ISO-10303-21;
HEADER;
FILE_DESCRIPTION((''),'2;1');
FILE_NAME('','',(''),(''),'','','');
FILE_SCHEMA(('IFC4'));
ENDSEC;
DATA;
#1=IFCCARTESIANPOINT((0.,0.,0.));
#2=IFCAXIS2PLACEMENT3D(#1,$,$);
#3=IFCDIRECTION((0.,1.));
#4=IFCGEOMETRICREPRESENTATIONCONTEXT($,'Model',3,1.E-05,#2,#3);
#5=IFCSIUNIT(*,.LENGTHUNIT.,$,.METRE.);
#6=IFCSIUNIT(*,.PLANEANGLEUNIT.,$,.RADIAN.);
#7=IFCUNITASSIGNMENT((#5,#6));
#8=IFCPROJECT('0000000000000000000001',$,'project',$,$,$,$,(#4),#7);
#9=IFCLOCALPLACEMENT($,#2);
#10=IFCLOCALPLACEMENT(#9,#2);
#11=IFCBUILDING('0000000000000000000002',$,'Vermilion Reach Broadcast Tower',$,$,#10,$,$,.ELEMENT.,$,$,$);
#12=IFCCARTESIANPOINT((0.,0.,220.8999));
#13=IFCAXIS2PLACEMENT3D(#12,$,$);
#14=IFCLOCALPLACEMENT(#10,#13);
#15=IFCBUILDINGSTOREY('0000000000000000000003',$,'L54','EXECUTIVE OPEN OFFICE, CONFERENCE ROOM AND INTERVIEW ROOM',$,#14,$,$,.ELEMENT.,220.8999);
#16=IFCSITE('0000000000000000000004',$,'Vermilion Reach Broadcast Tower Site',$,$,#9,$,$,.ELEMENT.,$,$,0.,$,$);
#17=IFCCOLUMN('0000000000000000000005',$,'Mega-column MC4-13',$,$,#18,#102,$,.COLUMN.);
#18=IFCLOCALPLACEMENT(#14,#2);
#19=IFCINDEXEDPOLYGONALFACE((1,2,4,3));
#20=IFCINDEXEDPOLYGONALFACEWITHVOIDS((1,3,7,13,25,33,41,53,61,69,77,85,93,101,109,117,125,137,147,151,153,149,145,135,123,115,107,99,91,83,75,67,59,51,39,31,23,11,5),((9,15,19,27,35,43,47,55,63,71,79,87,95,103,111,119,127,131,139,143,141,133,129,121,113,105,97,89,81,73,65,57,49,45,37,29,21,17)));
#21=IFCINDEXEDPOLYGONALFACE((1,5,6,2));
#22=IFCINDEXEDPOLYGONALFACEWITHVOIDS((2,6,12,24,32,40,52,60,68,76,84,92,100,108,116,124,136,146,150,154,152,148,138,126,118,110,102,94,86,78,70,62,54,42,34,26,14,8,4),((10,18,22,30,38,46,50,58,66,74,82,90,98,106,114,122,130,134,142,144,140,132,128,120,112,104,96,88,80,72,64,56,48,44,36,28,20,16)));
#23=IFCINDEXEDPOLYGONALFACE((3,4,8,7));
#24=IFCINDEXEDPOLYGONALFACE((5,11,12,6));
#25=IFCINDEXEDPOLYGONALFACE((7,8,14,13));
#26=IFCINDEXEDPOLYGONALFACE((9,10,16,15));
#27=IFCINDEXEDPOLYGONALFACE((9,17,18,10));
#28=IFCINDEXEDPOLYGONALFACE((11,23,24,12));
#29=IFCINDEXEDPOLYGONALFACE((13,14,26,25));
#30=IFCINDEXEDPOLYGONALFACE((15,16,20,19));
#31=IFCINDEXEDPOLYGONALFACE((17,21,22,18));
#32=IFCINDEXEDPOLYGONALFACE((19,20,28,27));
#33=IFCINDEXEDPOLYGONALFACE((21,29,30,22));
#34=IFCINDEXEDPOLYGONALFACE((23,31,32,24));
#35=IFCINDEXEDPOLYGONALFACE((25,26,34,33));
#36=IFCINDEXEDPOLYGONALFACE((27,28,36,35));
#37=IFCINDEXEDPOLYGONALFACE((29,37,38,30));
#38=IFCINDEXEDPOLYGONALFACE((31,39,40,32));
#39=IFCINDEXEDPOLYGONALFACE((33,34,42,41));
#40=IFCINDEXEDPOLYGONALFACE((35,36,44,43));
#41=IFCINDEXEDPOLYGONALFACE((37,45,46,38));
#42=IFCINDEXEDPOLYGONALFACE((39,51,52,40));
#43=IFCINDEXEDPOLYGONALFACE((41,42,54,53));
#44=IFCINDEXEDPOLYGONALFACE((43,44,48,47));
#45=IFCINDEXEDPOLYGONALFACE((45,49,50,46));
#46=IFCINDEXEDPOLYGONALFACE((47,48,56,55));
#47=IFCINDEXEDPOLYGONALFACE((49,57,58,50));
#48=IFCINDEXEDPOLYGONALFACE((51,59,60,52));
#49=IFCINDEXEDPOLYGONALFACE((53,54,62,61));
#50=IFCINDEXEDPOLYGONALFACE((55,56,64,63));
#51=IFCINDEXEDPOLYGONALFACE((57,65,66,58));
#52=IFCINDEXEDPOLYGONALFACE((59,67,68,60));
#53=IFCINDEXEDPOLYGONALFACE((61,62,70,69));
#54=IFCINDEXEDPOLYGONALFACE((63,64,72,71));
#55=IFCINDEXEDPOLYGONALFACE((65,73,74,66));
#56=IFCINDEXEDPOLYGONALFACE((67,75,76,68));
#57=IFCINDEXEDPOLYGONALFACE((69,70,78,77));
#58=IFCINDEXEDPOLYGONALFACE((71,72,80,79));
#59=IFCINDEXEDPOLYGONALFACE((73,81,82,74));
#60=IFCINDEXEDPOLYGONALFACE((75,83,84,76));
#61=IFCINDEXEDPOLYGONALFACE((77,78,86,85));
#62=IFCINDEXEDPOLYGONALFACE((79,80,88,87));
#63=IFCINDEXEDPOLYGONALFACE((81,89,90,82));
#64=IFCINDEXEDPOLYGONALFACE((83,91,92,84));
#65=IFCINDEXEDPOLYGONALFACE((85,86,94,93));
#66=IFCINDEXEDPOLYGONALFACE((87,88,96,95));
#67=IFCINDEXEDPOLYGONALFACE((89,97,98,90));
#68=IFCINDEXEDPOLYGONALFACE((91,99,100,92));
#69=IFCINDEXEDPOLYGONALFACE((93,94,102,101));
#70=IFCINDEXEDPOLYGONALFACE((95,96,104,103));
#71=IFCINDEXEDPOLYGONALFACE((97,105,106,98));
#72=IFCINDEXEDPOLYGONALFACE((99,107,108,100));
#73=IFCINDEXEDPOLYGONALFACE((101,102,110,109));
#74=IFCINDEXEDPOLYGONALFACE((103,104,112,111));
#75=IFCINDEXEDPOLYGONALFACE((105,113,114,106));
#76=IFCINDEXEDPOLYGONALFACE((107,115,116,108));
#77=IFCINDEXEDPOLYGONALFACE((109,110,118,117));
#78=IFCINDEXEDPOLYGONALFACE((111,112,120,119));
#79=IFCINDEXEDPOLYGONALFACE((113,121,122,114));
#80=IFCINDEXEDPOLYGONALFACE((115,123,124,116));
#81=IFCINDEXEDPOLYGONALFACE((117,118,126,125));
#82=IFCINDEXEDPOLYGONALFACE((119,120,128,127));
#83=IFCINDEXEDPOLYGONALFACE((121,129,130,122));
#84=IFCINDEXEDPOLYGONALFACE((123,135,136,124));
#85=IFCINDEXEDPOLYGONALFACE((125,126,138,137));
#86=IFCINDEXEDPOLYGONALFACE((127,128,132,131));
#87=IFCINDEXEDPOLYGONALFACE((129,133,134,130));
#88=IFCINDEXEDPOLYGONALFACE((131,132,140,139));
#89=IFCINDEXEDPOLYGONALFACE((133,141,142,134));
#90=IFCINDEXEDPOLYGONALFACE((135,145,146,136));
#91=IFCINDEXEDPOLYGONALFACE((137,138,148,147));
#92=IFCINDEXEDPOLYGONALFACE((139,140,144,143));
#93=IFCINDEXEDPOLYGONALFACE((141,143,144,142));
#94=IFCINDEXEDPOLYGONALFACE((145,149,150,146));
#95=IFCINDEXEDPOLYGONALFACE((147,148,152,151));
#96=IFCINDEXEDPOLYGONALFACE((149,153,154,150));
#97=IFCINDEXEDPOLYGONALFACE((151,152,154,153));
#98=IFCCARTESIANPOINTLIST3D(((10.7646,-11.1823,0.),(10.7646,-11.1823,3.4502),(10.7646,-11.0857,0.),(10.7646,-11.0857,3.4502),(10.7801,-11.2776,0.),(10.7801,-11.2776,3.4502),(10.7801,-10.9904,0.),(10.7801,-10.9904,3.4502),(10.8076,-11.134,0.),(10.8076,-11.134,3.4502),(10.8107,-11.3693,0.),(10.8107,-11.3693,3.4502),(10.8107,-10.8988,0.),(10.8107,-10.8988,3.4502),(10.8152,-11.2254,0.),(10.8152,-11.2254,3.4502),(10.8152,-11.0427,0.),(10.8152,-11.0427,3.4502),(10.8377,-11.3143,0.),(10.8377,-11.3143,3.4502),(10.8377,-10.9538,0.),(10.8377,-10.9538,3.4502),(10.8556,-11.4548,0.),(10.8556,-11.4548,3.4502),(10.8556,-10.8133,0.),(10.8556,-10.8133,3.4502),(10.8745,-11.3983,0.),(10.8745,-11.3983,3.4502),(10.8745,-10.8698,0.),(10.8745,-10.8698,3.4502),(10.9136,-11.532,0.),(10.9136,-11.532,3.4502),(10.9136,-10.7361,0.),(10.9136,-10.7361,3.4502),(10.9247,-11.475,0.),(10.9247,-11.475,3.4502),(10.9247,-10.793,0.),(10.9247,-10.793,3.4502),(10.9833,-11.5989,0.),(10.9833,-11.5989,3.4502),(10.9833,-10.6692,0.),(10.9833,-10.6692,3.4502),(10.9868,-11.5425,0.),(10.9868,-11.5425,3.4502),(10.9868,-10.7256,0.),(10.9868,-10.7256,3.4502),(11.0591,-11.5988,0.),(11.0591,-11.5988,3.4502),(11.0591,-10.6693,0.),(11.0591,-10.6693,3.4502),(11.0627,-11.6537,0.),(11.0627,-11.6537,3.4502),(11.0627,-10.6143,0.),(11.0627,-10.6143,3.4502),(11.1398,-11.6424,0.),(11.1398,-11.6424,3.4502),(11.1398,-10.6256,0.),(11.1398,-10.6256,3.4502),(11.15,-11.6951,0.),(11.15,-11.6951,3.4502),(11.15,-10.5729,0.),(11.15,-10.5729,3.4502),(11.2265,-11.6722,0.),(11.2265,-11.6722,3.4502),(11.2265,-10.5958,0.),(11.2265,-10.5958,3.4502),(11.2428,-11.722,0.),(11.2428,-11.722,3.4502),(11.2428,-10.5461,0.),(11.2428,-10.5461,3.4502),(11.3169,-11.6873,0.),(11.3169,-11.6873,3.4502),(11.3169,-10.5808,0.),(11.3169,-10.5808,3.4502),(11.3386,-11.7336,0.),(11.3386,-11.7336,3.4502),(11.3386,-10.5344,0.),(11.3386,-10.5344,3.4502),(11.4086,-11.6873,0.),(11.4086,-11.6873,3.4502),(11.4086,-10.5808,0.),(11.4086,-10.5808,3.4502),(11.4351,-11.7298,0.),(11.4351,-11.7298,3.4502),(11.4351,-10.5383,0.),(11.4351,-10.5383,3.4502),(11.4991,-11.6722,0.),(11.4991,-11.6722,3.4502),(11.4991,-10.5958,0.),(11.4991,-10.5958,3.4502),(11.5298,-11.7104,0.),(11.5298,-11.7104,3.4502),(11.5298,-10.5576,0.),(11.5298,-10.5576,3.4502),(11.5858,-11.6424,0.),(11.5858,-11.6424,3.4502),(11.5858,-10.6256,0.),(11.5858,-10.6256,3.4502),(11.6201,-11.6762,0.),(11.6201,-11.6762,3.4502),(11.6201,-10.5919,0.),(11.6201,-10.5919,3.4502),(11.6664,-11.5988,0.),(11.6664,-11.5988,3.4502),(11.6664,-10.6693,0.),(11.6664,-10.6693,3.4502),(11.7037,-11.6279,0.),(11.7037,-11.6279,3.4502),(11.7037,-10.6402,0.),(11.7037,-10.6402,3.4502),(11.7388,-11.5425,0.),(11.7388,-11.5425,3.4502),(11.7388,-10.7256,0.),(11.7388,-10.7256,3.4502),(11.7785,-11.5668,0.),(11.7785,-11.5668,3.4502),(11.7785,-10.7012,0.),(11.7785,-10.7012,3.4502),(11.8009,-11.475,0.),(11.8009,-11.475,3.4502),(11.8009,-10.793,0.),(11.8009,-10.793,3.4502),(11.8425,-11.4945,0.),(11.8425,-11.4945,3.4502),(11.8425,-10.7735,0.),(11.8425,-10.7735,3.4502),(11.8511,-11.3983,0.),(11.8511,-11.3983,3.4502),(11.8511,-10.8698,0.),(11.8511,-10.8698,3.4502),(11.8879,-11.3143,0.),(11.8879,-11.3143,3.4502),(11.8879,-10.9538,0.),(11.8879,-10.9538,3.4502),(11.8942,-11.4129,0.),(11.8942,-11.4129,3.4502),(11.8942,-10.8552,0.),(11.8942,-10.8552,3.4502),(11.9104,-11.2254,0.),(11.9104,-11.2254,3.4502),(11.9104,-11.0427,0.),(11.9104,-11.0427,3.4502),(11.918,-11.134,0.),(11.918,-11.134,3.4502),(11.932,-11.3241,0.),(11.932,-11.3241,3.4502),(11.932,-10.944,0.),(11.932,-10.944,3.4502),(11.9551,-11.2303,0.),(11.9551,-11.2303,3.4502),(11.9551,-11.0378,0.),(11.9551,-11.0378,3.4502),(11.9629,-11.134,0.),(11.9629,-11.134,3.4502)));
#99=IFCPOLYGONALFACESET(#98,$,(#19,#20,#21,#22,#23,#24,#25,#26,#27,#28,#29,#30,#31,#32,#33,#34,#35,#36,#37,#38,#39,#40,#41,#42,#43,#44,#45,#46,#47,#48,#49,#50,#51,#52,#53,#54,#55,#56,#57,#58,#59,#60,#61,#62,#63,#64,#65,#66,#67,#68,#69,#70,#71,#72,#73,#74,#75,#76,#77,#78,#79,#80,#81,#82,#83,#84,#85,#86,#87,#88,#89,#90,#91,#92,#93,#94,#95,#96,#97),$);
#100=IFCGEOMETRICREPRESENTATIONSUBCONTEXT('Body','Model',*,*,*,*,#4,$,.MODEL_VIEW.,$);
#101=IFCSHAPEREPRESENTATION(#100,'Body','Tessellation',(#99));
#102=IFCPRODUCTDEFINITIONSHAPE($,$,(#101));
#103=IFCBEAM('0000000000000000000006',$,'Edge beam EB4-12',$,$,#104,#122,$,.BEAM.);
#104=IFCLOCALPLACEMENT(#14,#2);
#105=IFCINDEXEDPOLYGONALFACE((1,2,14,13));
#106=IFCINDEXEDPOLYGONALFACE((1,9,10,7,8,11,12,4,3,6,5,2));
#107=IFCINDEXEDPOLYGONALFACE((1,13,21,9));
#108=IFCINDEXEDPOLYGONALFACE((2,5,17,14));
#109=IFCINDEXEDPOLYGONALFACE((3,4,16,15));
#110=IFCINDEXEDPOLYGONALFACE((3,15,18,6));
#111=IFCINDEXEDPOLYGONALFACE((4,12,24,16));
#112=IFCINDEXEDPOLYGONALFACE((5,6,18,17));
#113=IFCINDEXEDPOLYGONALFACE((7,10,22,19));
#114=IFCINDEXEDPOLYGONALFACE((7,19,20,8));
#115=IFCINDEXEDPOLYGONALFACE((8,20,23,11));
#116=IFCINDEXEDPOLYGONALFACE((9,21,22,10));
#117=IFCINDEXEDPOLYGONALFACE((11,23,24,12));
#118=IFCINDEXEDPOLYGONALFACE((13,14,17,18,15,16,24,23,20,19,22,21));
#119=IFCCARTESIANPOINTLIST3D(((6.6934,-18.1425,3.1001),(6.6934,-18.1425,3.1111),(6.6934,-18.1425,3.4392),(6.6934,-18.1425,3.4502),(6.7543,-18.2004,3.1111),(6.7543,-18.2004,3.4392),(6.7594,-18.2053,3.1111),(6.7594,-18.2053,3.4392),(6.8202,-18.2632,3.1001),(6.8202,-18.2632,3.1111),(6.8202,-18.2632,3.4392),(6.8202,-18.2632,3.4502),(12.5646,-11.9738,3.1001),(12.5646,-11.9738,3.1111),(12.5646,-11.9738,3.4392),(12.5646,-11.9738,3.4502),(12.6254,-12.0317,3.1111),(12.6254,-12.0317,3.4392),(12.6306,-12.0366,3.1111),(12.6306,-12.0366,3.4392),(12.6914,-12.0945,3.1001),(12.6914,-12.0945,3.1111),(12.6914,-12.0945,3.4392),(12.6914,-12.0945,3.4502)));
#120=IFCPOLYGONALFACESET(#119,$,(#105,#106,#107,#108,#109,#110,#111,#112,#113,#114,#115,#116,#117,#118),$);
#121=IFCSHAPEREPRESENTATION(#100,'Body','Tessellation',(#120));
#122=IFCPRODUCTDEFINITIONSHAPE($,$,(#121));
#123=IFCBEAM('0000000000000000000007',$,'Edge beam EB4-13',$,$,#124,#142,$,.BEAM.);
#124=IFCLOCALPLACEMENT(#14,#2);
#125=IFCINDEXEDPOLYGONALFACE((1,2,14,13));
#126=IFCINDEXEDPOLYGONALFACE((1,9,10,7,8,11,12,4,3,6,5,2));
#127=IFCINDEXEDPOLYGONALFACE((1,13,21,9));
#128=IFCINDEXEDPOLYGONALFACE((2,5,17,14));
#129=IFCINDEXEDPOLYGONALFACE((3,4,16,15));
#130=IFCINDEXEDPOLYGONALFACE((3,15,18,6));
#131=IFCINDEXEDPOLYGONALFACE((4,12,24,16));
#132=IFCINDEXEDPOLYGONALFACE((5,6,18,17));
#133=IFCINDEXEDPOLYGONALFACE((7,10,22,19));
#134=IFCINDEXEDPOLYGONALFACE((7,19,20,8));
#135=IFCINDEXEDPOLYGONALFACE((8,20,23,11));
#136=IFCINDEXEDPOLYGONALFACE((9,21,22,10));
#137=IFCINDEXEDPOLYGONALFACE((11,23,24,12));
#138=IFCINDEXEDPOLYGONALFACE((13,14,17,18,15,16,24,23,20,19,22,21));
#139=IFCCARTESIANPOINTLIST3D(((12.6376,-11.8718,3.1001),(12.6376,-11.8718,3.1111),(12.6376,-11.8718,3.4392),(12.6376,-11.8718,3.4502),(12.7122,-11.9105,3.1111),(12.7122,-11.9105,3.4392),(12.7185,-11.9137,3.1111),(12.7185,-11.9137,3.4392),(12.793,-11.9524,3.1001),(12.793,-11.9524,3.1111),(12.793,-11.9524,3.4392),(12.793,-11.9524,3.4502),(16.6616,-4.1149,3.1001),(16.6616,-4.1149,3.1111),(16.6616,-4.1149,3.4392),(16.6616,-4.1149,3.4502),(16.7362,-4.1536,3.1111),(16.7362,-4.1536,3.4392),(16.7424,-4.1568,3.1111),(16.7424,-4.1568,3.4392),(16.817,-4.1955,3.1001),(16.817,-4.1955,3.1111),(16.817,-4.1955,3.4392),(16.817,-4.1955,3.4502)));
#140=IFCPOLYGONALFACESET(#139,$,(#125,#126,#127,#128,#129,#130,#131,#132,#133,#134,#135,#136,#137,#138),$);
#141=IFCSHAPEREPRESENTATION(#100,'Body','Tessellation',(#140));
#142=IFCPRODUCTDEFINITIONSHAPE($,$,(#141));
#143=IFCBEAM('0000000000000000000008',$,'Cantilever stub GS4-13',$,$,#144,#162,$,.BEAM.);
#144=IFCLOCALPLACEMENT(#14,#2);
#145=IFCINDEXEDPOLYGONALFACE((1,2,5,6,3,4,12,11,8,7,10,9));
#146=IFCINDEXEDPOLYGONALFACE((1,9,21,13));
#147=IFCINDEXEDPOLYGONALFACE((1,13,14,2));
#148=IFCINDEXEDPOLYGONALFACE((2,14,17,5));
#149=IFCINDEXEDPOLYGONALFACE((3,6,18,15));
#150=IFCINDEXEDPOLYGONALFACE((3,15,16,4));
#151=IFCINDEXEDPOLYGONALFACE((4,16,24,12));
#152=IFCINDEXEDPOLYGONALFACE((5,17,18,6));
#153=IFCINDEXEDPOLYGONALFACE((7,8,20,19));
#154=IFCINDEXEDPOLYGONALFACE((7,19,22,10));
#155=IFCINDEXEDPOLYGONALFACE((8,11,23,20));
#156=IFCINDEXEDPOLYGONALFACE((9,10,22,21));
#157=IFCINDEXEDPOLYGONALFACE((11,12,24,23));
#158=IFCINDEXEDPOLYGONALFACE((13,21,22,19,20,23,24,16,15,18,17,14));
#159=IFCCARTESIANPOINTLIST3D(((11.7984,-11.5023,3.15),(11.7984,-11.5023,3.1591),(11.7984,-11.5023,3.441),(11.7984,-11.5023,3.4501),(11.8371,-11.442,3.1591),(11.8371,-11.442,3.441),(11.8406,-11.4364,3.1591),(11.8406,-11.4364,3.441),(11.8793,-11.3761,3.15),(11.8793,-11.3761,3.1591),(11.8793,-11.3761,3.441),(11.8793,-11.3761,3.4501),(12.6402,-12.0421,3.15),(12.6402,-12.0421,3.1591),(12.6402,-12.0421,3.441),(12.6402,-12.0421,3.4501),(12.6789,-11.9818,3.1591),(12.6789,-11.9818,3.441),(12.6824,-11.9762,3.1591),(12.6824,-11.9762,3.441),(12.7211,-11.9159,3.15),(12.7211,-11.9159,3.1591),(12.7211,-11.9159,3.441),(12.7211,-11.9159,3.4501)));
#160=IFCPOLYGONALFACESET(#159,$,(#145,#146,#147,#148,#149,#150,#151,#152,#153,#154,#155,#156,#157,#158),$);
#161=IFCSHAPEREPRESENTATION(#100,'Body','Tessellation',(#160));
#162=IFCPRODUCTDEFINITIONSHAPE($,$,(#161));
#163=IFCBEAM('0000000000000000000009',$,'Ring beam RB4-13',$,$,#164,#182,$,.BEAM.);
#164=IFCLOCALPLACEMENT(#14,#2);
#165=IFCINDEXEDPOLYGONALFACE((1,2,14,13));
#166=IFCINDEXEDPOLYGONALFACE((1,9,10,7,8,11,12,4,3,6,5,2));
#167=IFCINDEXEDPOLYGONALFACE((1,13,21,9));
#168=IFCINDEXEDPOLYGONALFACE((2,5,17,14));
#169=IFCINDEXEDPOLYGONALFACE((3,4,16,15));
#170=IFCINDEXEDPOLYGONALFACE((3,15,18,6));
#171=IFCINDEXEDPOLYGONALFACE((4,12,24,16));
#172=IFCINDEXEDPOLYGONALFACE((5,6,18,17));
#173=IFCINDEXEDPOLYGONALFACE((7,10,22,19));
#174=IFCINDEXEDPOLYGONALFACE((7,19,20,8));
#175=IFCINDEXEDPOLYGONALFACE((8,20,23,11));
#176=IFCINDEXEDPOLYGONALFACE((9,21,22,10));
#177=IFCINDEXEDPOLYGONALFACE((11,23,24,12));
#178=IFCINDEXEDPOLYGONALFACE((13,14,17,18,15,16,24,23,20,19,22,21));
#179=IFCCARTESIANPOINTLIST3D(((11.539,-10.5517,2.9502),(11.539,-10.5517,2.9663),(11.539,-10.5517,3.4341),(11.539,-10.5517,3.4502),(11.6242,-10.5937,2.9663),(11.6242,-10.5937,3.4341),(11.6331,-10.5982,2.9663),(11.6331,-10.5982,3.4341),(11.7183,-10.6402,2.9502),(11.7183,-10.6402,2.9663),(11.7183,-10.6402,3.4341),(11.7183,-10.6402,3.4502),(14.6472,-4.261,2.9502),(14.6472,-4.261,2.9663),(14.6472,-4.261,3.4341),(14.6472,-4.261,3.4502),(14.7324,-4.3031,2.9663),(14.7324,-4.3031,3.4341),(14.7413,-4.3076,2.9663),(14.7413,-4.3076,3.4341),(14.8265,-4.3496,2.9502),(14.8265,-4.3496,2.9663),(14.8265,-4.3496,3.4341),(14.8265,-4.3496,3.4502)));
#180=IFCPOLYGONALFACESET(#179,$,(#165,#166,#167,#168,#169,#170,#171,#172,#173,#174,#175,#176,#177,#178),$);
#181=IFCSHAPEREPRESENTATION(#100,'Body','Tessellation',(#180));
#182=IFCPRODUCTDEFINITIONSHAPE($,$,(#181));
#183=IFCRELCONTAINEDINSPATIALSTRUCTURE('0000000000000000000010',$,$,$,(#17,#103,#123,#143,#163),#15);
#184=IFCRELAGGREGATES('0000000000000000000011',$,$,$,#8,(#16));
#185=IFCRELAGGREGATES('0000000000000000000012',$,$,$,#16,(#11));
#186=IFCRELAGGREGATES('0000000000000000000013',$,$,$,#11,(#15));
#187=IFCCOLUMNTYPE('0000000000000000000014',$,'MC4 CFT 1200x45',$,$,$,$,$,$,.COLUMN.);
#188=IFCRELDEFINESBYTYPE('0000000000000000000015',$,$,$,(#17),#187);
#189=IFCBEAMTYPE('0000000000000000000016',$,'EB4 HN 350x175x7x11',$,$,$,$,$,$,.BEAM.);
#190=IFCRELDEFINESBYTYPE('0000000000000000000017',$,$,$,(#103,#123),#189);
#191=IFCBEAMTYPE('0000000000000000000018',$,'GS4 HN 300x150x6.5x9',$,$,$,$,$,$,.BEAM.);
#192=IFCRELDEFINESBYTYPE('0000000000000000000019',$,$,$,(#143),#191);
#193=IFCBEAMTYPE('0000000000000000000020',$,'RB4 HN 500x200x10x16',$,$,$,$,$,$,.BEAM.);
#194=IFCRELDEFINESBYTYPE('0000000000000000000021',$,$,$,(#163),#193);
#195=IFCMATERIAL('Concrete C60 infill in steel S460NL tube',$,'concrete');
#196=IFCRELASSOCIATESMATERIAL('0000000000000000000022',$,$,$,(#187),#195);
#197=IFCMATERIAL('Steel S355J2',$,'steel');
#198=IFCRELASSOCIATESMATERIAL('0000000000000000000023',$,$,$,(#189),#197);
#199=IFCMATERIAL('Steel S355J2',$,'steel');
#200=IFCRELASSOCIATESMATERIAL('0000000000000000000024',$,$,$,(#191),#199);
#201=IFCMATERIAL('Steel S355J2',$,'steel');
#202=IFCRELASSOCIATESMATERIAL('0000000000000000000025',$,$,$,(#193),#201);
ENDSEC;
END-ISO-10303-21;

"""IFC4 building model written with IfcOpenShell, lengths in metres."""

from ifc_helpers import new_model, si_unit, direction, frame, origin, origin_2d, place, context, subcontext, project, spatial, hollow_circle, i_section, extrude, material, material_profile, profile_set, type_object, element, save


model = new_model("IFC4")

# Units and contexts
model_context = context("Model", 3, precision=1e-05, world=origin(), true_north=direction((0.0, 1.0)))
body_context = subcontext(model_context, "Body", "Model", "MODEL_VIEW")
ifc_project = project(units=[si_unit("LENGTHUNIT", "METRE"), si_unit("PLANEANGLEUNIT", "RADIAN")], contexts=[model_context])

# Site, building, storey
site_placement = place(None, origin())
site = spatial("IfcSite", under=ifc_project, at=site_placement, Name="Vermilion Reach Broadcast Tower Site", CompositionType="ELEMENT", RefElevation=0.0)
building_placement = place(site_placement, origin())
building = spatial("IfcBuilding", under=site, at=building_placement, Name="Vermilion Reach Broadcast Tower", CompositionType="ELEMENT")
storey_placement = place(building_placement, frame((0.0, 0.0, 220.8999)))
storey = spatial("IfcBuildingStorey", under=building, at=storey_placement, Name="L54", Description="EXECUTIVE OPEN OFFICE, CONFERENCE ROOM AND INTERVIEW ROOM", CompositionType="ELEMENT", Elevation=220.8999)

# Column
ifc_material_1 = material(Name="Concrete C60 infill in steel S460NL tube", Category="concrete")
ifc_material_profile_1 = material_profile(ifc_material_1, hollow_circle(Radius=0.6001, WallThickness=0.0449, at=origin_2d()), Name="Concrete C60 infill in steel S460NL tube CFT 1200x45")
ifc_profile_set_1 = profile_set([ifc_material_profile_1], Name="Concrete C60 infill in steel S460NL tube")
column_type = type_object("IfcColumnType", Name="MC4 CFT 1200x45", PredefinedType="COLUMN", material=ifc_profile_set_1)
column_placement = place(storey_placement, frame((11.3628, -11.134, 0.0), z_axis=(0.0, 0.0, 1.0), x_axis=(1.0, 0.0, 0.0)))
element("IfcColumn", 1, at=column_placement, inside=storey, type_object=column_type, Name="Mega-column MC4-13", PredefinedType="COLUMN", context=body_context, shape_type="SweptSolid", body=[
    extrude(hollow_circle(Radius=0.6001, WallThickness=0.0449, at=origin_2d()), origin(), (0.0, 0.0, 1.0), 3.4502),
])

# Beams
ifc_material_2 = material(Name="Steel S355J2", Category="steel")
ifc_material_profile_2 = material_profile(ifc_material_2, i_section(OverallWidth=0.175, OverallDepth=0.3501, WebThickness=0.0071, FlangeThickness=0.011, at=origin_2d()), Name="S355J2 HN 350x175x7x11")
ifc_profile_set_2 = profile_set([ifc_material_profile_2], Name="Steel S355J2")
beam_type_1 = type_object("IfcBeamType", Name="EB4 HN 350x175x7x11", PredefinedType="BEAM", material=ifc_profile_set_2)
beam_1_placement = place(storey_placement, frame((6.7568, -18.2029, 3.2751), z_axis=(0.689417, 0.724364, 0.0), x_axis=(-0.724364, 0.689417, 0.0)))
element("IfcBeam", 2, at=beam_1_placement, inside=storey, type_object=beam_type_1, Name="Edge beam EB4-12", PredefinedType="BEAM", context=body_context, shape_type="SweptSolid", body=[
    extrude(i_section(OverallWidth=0.175, OverallDepth=0.3501, WebThickness=0.0071, FlangeThickness=0.011, at=origin_2d()), origin(), (0.0, 0.0, 1.0), 8.5161),
])
beam_2_placement = place(storey_placement, frame((12.7153, -11.9121, 3.2751), z_axis=(0.460485, 0.887667, 0.0), x_axis=(-0.887667, 0.460485, 0.0)))
element("IfcBeam", 3, at=beam_2_placement, inside=storey, type_object=beam_type_1, Name="Edge beam EB4-13", PredefinedType="BEAM", context=body_context, shape_type="SweptSolid", body=[
    extrude(i_section(OverallWidth=0.175, OverallDepth=0.3501, WebThickness=0.0071, FlangeThickness=0.011, at=origin_2d()), origin(), (0.0, 0.0, 1.0), 8.7385),
])
ifc_material_3 = material(Name="Steel S355J2", Category="steel")
ifc_material_profile_3 = material_profile(ifc_material_3, i_section(OverallWidth=0.1499, OverallDepth=0.3, WebThickness=0.0066, FlangeThickness=0.009, at=origin_2d()), Name="S355J2 HN 300x150x6.5x9")
ifc_profile_set_3 = profile_set([ifc_material_profile_3], Name="Steel S355J2")
beam_type_2 = type_object("IfcBeamType", Name="GS4 HN 300x150x6.5x9", PredefinedType="BEAM", material=ifc_profile_set_3)
beam_3_placement = place(storey_placement, frame((11.8389, -11.4392, 3.3), z_axis=(0.841797, -0.539795, 0.0), x_axis=(0.539795, 0.841797, 0.0)))
element("IfcBeam", 4, at=beam_3_placement, inside=storey, type_object=beam_type_2, Name="Cantilever stub GS4-13", PredefinedType="BEAM", context=body_context, shape_type="SweptSolid", body=[
    extrude(i_section(OverallWidth=0.1499, OverallDepth=0.3, WebThickness=0.0066, FlangeThickness=0.009, at=origin_2d()), origin(), (0.0, 0.0, 1.0), 1.0),
])
ifc_material_4 = material(Name="Steel S355J2", Category="steel")
ifc_material_profile_4 = material_profile(ifc_material_4, i_section(OverallWidth=0.2, OverallDepth=0.5, WebThickness=0.01, FlangeThickness=0.0161, at=origin_2d()), Name="S355J2 HN 500x200x10x16")
ifc_profile_set_4 = profile_set([ifc_material_profile_4], Name="Steel S355J2")
beam_type_3 = type_object("IfcBeamType", Name="RB4 HN 500x200x10x16", PredefinedType="BEAM", material=ifc_profile_set_4)
beam_4_placement = place(storey_placement, frame((11.6287, -10.5959, 3.2002), z_axis=(0.442977, 0.896533, 0.0), x_axis=(-0.896533, 0.442977, 0.0)))
element("IfcBeam", 5, at=beam_4_placement, inside=storey, type_object=beam_type_3, Name="Ring beam RB4-13", PredefinedType="BEAM", context=body_context, shape_type="SweptSolid", body=[
    extrude(i_section(OverallWidth=0.2, OverallDepth=0.5, WebThickness=0.01, FlangeThickness=0.0161, at=origin_2d()), origin(), (0.0, 0.0, 1.0), 7.0166),
])

save(model, "model.ifc")
